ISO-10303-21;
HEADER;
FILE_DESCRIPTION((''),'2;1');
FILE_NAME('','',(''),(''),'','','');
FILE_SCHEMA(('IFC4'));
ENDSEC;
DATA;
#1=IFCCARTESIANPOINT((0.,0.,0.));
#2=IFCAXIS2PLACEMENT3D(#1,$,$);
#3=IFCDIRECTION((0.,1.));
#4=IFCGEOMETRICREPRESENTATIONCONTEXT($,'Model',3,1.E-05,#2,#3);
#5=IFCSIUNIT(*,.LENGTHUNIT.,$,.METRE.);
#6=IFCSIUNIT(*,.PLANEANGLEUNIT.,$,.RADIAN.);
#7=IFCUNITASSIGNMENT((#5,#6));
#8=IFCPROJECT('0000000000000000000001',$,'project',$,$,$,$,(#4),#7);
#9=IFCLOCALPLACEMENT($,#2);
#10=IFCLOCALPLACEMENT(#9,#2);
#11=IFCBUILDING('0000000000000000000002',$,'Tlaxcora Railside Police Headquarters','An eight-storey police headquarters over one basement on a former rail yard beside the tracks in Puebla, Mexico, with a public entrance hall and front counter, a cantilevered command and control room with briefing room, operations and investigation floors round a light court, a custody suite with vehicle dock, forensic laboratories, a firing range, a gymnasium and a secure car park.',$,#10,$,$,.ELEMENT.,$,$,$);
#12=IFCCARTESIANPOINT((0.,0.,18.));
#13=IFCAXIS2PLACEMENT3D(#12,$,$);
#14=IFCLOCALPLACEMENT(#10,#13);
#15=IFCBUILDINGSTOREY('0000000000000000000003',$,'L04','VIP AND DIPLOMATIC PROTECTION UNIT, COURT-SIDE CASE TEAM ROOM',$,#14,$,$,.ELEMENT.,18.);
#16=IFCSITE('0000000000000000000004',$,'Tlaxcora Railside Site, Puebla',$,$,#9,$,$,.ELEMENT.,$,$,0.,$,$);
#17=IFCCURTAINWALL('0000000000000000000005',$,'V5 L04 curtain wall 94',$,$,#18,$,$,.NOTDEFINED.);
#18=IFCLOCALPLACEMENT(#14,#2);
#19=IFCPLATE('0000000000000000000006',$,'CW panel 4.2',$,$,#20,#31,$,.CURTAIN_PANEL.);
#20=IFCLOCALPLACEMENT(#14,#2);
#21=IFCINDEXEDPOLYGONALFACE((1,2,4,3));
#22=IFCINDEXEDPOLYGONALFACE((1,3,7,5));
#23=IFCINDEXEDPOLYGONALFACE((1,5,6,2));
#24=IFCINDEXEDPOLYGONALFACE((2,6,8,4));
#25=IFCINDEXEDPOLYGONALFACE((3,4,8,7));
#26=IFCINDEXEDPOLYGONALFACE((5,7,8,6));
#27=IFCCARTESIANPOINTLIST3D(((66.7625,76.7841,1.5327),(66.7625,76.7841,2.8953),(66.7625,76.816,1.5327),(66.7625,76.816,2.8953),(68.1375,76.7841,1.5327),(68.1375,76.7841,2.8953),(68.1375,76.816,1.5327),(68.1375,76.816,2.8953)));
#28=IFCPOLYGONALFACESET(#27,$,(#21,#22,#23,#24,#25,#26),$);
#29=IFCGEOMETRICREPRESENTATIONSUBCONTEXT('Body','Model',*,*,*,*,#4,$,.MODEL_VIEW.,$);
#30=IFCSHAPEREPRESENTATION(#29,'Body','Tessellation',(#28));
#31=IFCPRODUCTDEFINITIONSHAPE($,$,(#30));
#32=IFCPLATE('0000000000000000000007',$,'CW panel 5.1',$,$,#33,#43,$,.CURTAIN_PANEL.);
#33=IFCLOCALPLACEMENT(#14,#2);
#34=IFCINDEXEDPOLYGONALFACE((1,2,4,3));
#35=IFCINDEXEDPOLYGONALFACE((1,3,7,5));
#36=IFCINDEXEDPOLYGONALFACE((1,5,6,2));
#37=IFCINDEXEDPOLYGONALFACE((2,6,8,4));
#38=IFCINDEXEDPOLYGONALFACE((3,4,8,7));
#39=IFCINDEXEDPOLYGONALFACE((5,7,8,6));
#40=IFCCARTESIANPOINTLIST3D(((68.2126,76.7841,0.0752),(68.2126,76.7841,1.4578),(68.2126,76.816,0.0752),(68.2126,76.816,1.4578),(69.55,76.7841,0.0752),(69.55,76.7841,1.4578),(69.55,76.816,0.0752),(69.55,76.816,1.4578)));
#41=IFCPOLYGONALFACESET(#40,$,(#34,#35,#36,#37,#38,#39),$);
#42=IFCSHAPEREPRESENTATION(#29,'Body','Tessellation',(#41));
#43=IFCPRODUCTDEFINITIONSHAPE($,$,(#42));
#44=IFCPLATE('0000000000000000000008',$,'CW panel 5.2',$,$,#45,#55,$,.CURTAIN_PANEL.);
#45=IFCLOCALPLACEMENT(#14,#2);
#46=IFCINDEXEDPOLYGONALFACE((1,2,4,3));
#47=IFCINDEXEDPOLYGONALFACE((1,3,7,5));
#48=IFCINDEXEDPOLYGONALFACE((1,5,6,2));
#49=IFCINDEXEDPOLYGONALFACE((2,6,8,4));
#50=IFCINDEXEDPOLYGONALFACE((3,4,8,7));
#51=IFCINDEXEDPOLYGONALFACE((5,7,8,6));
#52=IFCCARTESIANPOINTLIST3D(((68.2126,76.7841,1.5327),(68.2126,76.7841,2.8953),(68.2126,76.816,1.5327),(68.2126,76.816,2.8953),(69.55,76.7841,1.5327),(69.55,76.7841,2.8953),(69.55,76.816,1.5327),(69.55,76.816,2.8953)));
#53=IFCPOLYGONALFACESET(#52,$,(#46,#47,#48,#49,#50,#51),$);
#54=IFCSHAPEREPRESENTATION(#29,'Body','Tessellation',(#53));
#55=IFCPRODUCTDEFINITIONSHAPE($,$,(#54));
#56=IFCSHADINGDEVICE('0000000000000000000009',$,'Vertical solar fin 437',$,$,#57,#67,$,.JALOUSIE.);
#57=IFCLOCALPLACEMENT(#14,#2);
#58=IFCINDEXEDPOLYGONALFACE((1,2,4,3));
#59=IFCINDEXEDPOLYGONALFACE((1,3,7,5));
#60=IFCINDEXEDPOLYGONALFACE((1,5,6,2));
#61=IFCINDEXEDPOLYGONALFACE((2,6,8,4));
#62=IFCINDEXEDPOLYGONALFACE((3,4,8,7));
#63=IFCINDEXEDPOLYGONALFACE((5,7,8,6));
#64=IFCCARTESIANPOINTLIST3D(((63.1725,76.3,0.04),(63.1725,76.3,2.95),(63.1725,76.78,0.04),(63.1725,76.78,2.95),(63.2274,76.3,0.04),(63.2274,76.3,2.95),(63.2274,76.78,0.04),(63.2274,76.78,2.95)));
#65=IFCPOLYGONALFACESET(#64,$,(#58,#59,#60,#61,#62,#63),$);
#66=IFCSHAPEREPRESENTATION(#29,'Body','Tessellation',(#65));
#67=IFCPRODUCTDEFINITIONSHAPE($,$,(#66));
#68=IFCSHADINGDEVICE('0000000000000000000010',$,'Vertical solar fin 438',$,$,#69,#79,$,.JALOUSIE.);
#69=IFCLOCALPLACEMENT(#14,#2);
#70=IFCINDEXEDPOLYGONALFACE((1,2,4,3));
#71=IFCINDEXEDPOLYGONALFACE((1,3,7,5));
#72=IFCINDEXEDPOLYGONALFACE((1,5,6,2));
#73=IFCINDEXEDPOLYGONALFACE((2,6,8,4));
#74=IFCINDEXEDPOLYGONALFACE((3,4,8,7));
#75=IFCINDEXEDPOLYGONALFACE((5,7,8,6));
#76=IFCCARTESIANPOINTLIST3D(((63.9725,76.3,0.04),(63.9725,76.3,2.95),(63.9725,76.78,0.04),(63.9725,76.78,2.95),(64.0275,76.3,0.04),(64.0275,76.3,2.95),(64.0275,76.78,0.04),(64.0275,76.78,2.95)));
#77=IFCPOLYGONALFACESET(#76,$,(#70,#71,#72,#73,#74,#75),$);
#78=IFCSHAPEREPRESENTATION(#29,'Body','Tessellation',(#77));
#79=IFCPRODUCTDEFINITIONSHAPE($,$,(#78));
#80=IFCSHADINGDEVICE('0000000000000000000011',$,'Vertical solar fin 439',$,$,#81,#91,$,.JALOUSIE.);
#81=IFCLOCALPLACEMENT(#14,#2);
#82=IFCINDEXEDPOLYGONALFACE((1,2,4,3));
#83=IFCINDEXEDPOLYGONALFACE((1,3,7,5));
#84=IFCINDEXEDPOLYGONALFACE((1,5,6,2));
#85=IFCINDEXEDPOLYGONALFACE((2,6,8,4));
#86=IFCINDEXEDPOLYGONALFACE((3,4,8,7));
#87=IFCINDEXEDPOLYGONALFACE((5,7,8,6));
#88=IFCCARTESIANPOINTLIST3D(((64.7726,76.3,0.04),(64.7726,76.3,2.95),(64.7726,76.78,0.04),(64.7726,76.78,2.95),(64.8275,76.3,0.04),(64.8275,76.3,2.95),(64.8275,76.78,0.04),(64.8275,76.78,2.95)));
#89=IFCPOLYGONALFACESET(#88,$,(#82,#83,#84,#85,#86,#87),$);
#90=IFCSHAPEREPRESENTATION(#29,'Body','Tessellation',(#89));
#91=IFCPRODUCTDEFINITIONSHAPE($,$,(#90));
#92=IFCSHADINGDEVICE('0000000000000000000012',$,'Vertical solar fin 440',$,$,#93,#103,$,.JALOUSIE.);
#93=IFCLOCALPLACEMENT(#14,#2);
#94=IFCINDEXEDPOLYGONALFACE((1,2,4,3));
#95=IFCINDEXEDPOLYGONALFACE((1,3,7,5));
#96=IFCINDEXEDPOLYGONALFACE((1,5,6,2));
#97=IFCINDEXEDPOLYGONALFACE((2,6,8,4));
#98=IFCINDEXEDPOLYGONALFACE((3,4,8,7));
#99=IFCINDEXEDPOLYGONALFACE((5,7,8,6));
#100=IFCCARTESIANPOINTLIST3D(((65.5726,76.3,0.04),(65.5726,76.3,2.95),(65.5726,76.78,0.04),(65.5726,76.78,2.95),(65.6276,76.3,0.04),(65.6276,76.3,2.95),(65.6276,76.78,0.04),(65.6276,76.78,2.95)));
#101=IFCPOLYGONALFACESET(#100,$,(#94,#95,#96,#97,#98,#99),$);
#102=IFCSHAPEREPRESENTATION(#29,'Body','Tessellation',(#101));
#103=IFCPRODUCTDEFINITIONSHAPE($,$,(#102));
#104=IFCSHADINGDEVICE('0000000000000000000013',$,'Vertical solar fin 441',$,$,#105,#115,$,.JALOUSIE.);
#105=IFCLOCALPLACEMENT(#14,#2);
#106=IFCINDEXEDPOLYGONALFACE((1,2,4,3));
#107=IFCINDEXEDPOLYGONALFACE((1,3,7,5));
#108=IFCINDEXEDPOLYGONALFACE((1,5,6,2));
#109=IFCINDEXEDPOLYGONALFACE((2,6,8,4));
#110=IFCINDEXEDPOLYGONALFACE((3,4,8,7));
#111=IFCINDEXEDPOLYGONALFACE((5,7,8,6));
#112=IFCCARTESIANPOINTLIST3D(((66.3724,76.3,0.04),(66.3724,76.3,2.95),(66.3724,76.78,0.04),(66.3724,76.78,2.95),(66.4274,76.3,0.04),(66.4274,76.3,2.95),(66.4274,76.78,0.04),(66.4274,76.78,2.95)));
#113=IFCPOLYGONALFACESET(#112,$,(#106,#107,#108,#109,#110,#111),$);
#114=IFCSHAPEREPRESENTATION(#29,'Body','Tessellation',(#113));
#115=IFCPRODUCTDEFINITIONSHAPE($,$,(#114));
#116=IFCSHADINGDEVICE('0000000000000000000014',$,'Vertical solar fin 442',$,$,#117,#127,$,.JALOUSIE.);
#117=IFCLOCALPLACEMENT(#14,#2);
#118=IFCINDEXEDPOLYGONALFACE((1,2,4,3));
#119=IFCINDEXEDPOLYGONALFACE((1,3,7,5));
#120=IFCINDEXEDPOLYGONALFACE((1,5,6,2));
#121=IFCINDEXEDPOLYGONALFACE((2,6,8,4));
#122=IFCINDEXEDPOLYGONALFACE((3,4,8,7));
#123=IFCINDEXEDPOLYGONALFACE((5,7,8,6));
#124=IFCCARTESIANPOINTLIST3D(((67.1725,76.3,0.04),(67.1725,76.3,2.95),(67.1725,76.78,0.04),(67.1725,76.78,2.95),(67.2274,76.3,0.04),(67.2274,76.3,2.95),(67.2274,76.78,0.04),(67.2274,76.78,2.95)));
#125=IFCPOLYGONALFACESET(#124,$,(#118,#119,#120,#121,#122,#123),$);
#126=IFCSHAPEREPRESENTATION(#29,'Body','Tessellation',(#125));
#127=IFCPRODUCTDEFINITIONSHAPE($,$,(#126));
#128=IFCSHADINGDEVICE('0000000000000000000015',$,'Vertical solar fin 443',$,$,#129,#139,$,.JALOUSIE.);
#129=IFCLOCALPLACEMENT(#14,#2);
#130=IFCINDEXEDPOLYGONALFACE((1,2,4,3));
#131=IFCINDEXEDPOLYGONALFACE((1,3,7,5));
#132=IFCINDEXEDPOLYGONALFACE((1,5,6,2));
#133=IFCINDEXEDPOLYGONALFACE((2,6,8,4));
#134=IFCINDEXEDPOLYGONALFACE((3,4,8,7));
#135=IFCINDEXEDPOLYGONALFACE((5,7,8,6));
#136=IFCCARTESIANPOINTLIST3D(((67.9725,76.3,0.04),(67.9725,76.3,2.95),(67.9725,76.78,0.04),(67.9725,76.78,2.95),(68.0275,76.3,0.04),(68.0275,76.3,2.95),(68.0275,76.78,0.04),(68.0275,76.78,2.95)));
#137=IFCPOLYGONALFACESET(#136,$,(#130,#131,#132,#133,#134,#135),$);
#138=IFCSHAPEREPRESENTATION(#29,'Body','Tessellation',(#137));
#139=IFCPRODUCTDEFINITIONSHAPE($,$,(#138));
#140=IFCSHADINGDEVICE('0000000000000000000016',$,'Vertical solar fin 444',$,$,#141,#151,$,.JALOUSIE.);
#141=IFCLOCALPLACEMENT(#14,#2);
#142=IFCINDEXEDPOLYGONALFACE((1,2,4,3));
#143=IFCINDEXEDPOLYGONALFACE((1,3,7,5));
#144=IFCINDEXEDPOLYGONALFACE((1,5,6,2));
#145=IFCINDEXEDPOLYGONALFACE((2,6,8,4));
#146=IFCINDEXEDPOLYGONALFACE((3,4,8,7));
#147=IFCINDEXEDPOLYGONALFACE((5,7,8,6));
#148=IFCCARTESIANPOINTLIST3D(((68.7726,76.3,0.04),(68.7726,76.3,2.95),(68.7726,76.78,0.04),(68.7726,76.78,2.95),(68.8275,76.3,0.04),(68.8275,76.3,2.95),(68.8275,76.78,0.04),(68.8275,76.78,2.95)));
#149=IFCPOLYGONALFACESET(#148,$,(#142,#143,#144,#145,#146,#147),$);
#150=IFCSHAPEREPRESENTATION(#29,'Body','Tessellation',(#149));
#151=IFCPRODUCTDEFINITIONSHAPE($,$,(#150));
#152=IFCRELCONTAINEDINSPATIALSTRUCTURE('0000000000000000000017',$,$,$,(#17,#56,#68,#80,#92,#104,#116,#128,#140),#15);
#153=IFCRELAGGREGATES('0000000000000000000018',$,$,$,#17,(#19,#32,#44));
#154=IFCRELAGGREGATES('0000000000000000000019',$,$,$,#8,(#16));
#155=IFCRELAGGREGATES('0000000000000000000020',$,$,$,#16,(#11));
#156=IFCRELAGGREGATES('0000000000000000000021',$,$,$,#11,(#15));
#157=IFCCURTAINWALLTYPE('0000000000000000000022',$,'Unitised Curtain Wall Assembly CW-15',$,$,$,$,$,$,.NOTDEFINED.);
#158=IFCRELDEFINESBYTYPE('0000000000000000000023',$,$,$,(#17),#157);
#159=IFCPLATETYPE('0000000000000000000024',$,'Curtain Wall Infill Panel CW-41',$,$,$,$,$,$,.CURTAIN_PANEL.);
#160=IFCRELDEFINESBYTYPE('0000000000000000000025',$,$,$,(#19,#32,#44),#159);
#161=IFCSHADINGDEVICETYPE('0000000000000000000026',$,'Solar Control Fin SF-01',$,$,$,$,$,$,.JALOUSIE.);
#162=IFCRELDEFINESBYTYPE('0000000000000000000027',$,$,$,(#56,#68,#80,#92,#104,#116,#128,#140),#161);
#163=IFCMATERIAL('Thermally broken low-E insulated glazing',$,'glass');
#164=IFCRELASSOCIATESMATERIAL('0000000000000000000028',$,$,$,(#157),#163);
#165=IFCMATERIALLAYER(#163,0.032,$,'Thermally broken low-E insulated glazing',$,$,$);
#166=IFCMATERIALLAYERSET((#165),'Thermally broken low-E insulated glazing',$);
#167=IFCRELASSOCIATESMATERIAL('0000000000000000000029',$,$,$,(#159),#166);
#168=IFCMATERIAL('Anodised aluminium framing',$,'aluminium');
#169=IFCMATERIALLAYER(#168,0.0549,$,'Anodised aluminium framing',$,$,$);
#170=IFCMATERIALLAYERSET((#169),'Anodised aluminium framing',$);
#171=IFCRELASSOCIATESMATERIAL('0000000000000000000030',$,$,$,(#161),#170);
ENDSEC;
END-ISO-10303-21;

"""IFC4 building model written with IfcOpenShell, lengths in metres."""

from ifc_helpers import new_model, si_unit, direction, frame, origin, origin_2d, place, context, subcontext, project, spatial, rectangle, extrude, material, layer, layer_set, type_object, element, aggregate, save


model = new_model("IFC4")

# Units and contexts
model_context = context("Model", 3, precision=1e-05, world=origin(), true_north=direction((0.0, 1.0)))
body_context = subcontext(model_context, "Body", "Model", "MODEL_VIEW")
ifc_project = project(units=[si_unit("LENGTHUNIT", "METRE"), si_unit("PLANEANGLEUNIT", "RADIAN")], contexts=[model_context])

# Site, building, storey
site_placement = place(None, origin())
site = spatial("IfcSite", under=ifc_project, at=site_placement, Name="Tlaxcora Railside Site, Puebla", CompositionType="ELEMENT", RefElevation=0.0)
building_placement = place(site_placement, origin())
building = spatial("IfcBuilding", under=site, at=building_placement, Name="Tlaxcora Railside Police Headquarters", Description="An eight-storey police headquarters over one basement on a former rail yard beside the tracks in Puebla, Mexico, with a public entrance hall and front counter, a cantilevered command and control room with briefing room, operations and investigation floors round a light court, a custody suite with vehicle dock, forensic laboratories, a firing range, a gymnasium and a secure car park.", CompositionType="ELEMENT")
storey_placement = place(building_placement, frame((0.0, 0.0, 18.0)))
storey = spatial("IfcBuildingStorey", under=building, at=storey_placement, Name="L04", Description="VIP AND DIPLOMATIC PROTECTION UNIT, COURT-SIDE CASE TEAM ROOM", CompositionType="ELEMENT", Elevation=18.0)

# Curtain wall, plates
ifc_material_1 = material(Name="Thermally broken low-E insulated glazing", Category="glass")
curtain_wall_type = type_object("IfcCurtainWallType", Name="Unitised Curtain Wall Assembly CW-15", PredefinedType="NOTDEFINED", material=ifc_material_1)
curtain_wall_placement = place(storey_placement, origin())
curtain_wall = element("IfcCurtainWall", 1, at=curtain_wall_placement, inside=storey, type_object=curtain_wall_type, Name="V5 L04 curtain wall 94", PredefinedType="NOTDEFINED")
ifc_material_2 = material(Name="Anodised aluminium framing", Category="aluminium")
ifc_layer_1 = layer(ifc_material_1, 0.032, Name="Thermally broken low-E insulated glazing")
ifc_layer_set_1 = layer_set([ifc_layer_1], Name="Thermally broken low-E insulated glazing")
plate_type = type_object("IfcPlateType", Name="Curtain Wall Infill Panel CW-41", PredefinedType="CURTAIN_PANEL", material=ifc_layer_set_1)
plate_1_placement = place(storey_placement, frame((67.45, 76.8, 1.5327), z_axis=(0.0, 0.0, 1.0), x_axis=(1.0, 0.0, 0.0)))
plate_1 = element("IfcPlate", 2, at=plate_1_placement, type_object=plate_type, Name="CW panel 4.2", PredefinedType="CURTAIN_PANEL", context=body_context, shape_type="SweptSolid", body=[
    extrude(rectangle(XDim=1.375, YDim=0.032, at=origin_2d()), origin(), (0.0, 0.0, 1.0), 1.3625),
])
plate_2_placement = place(storey_placement, frame((68.8813, 76.8, 0.0752), z_axis=(0.0, 0.0, 1.0), x_axis=(1.0, 0.0, 0.0)))
plate_2 = element("IfcPlate", 3, at=plate_2_placement, type_object=plate_type, Name="CW panel 5.1", PredefinedType="CURTAIN_PANEL", context=body_context, shape_type="SweptSolid", body=[
    extrude(rectangle(XDim=1.3374, YDim=0.032, at=origin_2d()), origin(), (0.0, 0.0, 1.0), 1.3826),
])
plate_3_placement = place(storey_placement, frame((68.8813, 76.8, 1.5327), z_axis=(0.0, 0.0, 1.0), x_axis=(1.0, 0.0, 0.0)))
plate_3 = element("IfcPlate", 4, at=plate_3_placement, type_object=plate_type, Name="CW panel 5.2", PredefinedType="CURTAIN_PANEL", context=body_context, shape_type="SweptSolid", body=[
    extrude(rectangle(XDim=1.3374, YDim=0.032, at=origin_2d()), origin(), (0.0, 0.0, 1.0), 1.3625),
])
aggregate(curtain_wall, [plate_1, plate_2, plate_3])

# Shading devices
ifc_layer_2 = layer(ifc_material_2, 0.0549, Name="Anodised aluminium framing")
ifc_layer_set_2 = layer_set([ifc_layer_2], Name="Anodised aluminium framing")
shading_device_type = type_object("IfcShadingDeviceType", Name="Solar Control Fin SF-01", PredefinedType="JALOUSIE", material=ifc_layer_set_2)
for number, where, z_axis, x_axis, name in (
    (5, (63.2, 76.54, 0.04), (0.0, 0.0, 1.0), (0.0, -1.0, 0.0), "Vertical solar fin 437"),
    (6, (64.0, 76.54, 0.04), (0.0, 0.0, 1.0), (0.0, -1.0, 0.0), "Vertical solar fin 438"),
    (7, (64.8, 76.54, 0.04), (0.0, 0.0, 1.0), (0.0, -1.0, 0.0), "Vertical solar fin 439"),
    (8, (65.6001, 76.54, 0.04), (0.0, 0.0, 1.0), (0.0, -1.0, 0.0), "Vertical solar fin 440"),
    (9, (66.3999, 76.54, 0.04), (0.0, 0.0, 1.0), (0.0, -1.0, 0.0), "Vertical solar fin 441"),
    (10, (67.2, 76.54, 0.04), (0.0, 0.0, 1.0), (0.0, -1.0, 0.0), "Vertical solar fin 442"),
    (11, (68.0, 76.54, 0.04), (0.0, 0.0, 1.0), (0.0, -1.0, 0.0), "Vertical solar fin 443"),
    (12, (68.8, 76.54, 0.04), (0.0, 0.0, 1.0), (0.0, -1.0, 0.0), "Vertical solar fin 444"),
):
    element("IfcShadingDevice", number, at=place(storey_placement, frame(where, z_axis=z_axis, x_axis=x_axis)), inside=storey, type_object=shading_device_type, Name=name, PredefinedType="JALOUSIE", context=body_context, shape_type="SweptSolid", body=[
        extrude(rectangle(XDim=0.48, YDim=0.0549, at=origin_2d()), origin(), (0.0, 0.0, 1.0), 2.9099),
    ])

save(model, "model.ifc")
